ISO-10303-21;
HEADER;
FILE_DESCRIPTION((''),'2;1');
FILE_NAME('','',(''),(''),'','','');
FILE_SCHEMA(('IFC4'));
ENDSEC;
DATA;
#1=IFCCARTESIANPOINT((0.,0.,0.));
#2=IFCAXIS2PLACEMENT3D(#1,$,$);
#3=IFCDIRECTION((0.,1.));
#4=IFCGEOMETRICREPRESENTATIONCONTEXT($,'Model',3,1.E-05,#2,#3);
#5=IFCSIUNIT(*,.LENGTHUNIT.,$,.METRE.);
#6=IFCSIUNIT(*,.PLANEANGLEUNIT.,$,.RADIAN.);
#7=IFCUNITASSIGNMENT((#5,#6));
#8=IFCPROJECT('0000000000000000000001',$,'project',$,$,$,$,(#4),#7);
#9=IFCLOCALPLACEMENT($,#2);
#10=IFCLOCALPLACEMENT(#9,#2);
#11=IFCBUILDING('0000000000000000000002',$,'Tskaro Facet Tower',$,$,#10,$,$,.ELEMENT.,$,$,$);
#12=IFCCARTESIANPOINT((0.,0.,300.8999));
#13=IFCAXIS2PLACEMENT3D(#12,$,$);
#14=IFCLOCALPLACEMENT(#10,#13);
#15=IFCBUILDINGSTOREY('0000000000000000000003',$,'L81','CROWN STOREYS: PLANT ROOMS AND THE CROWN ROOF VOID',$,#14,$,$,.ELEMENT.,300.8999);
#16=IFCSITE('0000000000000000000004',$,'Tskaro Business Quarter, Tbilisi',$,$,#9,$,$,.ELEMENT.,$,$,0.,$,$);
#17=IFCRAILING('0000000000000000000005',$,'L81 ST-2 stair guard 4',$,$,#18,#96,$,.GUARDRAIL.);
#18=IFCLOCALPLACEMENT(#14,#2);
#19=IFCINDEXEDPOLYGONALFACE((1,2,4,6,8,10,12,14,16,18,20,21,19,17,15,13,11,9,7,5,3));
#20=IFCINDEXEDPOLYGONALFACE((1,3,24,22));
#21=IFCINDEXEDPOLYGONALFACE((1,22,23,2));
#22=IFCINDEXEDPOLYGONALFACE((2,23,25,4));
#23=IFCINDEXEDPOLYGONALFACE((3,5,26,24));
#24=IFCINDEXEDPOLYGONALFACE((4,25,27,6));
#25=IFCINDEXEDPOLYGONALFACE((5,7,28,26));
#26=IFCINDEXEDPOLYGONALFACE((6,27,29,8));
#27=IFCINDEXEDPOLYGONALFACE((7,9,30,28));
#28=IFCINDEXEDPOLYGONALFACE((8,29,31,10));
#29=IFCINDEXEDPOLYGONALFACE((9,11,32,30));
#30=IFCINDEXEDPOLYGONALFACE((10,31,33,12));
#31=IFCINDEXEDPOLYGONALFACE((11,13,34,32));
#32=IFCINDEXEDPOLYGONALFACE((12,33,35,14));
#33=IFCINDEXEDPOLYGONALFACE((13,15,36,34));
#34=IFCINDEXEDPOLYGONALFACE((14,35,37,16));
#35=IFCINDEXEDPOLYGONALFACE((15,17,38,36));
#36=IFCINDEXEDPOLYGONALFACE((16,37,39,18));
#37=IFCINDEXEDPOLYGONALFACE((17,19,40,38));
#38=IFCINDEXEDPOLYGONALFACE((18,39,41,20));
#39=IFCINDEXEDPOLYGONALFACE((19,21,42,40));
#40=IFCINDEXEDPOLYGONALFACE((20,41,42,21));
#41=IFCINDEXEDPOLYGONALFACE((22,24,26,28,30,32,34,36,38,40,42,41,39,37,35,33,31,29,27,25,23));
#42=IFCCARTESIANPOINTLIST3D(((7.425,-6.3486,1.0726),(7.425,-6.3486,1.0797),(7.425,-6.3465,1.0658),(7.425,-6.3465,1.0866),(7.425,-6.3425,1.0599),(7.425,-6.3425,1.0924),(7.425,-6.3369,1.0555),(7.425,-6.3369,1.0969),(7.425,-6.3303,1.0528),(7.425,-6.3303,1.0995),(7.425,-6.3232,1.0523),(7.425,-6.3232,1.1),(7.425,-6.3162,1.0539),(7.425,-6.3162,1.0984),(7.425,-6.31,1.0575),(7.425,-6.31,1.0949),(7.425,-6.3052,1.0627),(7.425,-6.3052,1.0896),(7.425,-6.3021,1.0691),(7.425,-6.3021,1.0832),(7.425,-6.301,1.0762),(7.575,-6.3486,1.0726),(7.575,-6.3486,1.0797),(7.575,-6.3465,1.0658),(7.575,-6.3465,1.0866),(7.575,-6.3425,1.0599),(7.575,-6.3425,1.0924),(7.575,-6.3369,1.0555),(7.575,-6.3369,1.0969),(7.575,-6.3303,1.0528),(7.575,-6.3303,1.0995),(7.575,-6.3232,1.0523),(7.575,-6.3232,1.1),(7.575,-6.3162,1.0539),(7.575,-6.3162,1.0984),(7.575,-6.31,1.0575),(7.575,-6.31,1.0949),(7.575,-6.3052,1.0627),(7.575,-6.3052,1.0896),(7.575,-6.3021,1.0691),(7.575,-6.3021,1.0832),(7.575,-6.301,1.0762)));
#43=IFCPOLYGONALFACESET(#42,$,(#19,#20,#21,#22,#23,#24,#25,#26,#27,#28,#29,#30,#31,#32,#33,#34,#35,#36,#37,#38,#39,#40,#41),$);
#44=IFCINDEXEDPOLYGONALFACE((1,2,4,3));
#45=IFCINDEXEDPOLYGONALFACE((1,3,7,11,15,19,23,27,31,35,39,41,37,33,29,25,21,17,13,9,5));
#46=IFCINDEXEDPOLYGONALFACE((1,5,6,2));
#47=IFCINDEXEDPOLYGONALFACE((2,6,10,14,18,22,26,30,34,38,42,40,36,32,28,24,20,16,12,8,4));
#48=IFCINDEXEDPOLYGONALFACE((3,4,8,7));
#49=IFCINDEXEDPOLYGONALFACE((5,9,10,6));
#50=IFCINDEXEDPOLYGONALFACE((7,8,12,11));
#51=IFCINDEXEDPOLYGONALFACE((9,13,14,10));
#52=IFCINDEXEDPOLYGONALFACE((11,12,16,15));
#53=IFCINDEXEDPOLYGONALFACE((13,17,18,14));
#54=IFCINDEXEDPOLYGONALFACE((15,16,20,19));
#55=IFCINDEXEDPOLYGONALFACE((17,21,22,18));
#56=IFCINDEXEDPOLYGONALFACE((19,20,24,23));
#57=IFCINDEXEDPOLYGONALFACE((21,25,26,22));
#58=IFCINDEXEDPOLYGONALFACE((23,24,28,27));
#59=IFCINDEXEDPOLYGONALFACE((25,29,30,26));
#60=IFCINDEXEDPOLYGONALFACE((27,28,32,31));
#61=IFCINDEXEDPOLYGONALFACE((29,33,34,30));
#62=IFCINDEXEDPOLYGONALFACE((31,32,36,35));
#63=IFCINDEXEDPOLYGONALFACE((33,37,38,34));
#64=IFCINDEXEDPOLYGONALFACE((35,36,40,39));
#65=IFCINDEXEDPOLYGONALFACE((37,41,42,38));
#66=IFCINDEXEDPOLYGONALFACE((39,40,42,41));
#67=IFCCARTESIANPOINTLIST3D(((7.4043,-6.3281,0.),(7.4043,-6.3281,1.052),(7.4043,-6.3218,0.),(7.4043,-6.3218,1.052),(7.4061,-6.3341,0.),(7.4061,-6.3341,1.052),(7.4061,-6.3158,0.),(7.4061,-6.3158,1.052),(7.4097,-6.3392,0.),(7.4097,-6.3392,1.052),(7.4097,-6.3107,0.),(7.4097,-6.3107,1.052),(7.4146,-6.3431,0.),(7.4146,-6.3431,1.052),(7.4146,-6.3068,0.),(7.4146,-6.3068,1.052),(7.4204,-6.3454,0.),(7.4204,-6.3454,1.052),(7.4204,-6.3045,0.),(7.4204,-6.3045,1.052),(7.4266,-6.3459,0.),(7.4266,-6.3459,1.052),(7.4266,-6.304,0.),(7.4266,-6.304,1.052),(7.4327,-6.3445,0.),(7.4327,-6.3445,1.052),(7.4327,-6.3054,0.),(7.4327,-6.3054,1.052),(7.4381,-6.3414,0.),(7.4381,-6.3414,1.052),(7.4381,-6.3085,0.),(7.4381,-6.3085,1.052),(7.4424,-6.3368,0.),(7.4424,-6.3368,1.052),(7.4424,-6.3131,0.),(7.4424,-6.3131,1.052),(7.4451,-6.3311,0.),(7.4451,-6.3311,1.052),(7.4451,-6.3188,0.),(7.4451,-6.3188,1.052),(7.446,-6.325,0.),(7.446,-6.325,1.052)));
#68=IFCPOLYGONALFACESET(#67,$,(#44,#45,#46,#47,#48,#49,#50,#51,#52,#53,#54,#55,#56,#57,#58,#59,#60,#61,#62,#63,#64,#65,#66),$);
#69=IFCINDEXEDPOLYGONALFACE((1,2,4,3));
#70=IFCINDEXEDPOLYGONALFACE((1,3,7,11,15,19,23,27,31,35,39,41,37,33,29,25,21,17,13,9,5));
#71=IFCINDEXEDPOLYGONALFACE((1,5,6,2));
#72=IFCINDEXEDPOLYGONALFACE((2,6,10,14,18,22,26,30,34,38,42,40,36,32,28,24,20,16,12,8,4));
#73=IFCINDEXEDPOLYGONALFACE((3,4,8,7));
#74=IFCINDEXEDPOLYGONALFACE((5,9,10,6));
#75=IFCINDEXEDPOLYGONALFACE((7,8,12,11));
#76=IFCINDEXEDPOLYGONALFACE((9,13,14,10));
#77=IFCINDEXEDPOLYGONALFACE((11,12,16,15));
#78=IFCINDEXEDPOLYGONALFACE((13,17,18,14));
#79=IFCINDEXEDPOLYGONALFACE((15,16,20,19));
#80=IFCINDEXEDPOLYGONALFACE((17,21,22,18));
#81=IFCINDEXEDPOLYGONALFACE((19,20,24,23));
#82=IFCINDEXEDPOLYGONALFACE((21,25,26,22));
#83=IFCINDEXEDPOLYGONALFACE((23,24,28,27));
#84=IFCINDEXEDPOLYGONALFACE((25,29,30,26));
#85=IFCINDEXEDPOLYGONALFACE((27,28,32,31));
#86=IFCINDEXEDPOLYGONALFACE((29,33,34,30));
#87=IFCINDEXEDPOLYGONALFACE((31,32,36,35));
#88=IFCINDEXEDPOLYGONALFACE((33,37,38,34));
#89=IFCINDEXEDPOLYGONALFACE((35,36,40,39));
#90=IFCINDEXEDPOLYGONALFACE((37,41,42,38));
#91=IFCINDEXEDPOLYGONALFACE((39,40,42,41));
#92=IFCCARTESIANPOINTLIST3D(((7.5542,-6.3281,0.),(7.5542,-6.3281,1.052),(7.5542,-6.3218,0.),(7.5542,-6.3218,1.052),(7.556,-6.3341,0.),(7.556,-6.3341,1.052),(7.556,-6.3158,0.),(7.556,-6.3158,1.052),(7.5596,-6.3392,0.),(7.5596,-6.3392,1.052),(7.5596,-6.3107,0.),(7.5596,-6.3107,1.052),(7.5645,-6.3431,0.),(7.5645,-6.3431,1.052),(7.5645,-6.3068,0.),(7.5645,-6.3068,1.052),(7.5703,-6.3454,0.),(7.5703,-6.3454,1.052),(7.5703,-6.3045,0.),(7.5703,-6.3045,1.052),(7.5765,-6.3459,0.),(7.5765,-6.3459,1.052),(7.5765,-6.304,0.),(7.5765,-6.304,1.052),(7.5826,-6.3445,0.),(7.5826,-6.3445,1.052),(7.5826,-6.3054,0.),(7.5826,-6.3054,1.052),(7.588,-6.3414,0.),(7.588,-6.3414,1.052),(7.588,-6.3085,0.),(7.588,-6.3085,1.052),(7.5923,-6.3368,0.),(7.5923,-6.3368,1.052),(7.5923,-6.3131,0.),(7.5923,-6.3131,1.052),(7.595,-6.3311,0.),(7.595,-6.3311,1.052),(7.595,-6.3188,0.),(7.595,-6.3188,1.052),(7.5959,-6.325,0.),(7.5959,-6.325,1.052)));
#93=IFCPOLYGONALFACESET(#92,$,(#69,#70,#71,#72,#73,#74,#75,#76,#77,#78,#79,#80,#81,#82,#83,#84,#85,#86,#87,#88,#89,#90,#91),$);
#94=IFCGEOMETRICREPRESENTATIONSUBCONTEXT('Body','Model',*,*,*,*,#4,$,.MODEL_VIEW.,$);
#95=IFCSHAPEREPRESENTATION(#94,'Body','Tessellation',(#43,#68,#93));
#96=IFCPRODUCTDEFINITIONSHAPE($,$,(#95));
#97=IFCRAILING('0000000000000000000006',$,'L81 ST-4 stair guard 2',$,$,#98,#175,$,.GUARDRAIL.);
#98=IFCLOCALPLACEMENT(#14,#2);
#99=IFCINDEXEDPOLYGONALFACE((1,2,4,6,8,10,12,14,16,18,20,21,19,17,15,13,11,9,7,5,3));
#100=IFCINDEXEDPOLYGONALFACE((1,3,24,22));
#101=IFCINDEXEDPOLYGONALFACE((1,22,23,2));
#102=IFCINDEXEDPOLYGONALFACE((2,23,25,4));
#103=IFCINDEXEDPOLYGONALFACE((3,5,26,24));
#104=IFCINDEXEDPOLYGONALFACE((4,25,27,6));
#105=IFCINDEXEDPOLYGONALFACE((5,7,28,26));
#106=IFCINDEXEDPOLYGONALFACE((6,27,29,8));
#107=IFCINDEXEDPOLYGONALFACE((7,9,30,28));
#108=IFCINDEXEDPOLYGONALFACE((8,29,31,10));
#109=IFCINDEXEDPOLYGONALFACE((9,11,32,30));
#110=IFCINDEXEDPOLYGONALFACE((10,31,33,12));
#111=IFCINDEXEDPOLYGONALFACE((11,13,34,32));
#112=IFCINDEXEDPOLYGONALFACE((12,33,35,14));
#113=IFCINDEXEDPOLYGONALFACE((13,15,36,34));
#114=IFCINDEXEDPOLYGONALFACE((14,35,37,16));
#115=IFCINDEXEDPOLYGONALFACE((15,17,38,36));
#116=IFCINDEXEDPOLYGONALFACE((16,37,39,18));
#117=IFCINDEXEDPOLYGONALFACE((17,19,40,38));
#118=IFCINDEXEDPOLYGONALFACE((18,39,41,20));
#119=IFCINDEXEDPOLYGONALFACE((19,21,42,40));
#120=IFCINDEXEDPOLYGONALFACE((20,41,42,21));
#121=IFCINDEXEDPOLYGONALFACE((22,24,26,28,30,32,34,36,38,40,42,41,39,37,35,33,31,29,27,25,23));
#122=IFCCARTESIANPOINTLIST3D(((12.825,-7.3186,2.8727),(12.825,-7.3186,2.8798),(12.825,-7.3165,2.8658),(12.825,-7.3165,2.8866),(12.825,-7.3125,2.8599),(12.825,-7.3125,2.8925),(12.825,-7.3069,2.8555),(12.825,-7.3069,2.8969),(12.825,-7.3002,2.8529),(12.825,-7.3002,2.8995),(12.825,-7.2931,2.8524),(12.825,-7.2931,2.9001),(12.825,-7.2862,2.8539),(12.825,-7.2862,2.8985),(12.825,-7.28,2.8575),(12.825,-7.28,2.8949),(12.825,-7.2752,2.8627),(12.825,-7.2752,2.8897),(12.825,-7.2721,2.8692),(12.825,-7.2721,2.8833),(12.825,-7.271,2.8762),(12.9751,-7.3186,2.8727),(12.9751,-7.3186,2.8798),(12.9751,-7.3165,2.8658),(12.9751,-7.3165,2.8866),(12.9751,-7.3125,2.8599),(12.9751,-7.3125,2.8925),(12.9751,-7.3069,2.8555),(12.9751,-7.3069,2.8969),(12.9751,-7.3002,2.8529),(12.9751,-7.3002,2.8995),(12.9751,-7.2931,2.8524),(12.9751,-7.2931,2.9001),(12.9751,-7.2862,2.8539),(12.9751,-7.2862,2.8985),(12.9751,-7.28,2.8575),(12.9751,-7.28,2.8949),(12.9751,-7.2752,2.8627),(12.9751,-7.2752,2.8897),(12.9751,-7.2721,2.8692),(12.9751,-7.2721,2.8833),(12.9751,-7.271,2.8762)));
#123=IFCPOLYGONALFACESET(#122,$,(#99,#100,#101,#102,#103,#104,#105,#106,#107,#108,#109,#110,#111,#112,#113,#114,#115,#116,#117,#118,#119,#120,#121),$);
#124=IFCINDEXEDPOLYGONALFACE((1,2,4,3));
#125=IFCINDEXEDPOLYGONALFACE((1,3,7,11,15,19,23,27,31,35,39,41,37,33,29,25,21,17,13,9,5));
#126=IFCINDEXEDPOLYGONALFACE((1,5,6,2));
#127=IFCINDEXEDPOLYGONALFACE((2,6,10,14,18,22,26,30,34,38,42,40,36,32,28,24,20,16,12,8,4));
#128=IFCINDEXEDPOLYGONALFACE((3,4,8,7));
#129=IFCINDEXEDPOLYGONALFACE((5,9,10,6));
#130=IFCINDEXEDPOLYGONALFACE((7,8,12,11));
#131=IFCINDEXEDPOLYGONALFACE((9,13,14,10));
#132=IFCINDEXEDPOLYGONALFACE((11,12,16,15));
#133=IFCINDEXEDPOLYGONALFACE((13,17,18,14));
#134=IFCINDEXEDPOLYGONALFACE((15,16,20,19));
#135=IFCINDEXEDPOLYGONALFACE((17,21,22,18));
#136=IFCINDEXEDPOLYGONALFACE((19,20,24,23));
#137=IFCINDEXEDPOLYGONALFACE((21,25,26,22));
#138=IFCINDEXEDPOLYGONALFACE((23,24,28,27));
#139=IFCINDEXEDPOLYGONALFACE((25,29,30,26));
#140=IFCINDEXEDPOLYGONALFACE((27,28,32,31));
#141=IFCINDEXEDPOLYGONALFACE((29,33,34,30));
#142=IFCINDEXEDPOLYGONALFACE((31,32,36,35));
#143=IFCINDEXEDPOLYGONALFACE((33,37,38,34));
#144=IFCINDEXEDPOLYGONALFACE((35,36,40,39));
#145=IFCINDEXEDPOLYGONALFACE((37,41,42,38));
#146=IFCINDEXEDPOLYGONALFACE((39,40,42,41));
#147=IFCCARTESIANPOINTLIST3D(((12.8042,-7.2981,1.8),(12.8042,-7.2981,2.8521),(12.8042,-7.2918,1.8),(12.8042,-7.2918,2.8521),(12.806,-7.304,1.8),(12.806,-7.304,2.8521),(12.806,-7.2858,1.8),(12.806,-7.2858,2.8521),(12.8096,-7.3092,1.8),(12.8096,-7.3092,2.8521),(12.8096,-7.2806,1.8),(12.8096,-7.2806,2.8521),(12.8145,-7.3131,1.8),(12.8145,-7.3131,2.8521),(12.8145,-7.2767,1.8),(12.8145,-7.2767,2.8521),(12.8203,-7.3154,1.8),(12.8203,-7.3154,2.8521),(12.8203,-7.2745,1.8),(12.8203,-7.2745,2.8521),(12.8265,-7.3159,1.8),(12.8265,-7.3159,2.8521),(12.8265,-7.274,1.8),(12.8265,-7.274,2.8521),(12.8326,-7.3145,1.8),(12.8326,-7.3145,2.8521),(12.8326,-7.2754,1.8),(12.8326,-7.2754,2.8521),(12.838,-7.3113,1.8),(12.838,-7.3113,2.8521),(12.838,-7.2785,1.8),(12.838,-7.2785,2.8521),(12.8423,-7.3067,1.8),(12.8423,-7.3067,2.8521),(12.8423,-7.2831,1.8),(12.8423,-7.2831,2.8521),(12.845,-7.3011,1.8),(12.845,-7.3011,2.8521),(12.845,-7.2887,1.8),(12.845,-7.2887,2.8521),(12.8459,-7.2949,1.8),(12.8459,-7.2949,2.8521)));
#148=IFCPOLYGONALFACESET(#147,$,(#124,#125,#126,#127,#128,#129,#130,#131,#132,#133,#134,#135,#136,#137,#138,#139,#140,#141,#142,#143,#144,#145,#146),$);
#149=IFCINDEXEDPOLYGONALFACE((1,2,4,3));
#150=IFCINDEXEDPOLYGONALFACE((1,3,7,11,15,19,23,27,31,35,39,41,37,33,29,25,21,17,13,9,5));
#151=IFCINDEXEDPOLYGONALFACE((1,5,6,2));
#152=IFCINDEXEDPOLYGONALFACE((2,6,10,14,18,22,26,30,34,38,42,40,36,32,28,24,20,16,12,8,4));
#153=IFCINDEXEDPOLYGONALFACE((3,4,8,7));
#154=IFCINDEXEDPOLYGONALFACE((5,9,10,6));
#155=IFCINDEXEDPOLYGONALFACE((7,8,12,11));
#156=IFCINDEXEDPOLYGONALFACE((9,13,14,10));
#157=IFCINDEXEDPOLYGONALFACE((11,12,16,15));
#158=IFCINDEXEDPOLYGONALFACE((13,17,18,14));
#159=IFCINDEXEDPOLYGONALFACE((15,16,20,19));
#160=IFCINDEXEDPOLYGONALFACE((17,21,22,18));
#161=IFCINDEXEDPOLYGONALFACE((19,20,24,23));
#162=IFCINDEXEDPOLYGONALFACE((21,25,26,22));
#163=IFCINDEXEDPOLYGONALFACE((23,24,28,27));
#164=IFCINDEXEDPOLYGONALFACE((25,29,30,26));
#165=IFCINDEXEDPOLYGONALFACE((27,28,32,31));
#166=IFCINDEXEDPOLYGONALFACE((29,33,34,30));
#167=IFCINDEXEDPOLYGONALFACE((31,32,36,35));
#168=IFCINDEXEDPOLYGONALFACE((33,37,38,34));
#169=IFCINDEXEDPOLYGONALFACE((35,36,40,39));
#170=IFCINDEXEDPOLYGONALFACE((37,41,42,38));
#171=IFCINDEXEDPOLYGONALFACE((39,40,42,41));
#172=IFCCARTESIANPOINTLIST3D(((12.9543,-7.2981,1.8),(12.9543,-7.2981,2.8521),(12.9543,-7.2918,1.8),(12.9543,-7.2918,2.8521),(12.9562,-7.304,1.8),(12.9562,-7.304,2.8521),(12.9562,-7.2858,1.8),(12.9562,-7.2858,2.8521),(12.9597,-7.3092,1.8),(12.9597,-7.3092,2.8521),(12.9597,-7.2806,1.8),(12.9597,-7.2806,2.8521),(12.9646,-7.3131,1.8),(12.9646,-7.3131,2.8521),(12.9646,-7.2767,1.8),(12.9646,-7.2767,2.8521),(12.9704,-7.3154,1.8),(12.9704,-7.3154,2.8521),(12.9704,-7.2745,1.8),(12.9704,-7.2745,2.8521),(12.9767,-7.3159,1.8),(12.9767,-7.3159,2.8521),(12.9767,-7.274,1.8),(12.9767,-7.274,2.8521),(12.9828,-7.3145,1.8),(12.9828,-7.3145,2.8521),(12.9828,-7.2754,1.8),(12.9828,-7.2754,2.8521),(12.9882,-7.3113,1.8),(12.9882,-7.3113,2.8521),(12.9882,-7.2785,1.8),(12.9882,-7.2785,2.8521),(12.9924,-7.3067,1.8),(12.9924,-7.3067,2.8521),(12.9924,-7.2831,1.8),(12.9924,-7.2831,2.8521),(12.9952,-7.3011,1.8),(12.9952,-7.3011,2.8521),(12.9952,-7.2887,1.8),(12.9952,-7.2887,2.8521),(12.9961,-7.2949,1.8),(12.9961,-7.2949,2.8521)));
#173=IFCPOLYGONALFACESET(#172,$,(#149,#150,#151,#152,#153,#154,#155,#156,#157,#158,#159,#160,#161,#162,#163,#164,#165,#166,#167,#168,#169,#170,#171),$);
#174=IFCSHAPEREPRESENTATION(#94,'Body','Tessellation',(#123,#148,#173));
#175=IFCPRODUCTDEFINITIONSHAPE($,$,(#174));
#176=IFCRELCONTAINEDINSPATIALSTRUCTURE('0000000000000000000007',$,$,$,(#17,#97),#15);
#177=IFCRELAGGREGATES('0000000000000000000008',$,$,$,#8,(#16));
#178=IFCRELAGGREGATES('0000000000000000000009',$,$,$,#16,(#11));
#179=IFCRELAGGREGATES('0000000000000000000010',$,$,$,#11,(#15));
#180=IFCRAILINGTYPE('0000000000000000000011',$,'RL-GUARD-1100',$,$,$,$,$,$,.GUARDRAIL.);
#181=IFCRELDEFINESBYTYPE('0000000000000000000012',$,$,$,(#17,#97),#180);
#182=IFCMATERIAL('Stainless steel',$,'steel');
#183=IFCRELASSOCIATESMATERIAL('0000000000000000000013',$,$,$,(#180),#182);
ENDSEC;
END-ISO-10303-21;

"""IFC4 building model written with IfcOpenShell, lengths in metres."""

from ifc_helpers import new_model, si_unit, direction, frame, origin, origin_2d, place, context, subcontext, project, spatial, circle, extrude, material, type_object, element, save


model = new_model("IFC4")

# Units and contexts
model_context = context("Model", 3, precision=1e-05, world=origin(), true_north=direction((0.0, 1.0)))
body_context = subcontext(model_context, "Body", "Model", "MODEL_VIEW")
ifc_project = project(units=[si_unit("LENGTHUNIT", "METRE"), si_unit("PLANEANGLEUNIT", "RADIAN")], contexts=[model_context])

# Site, building, storey
site_placement = place(None, origin())
site = spatial("IfcSite", under=ifc_project, at=site_placement, Name="Tskaro Business Quarter, Tbilisi", CompositionType="ELEMENT", RefElevation=0.0)
building_placement = place(site_placement, origin())
building = spatial("IfcBuilding", under=site, at=building_placement, Name="Tskaro Facet Tower", CompositionType="ELEMENT")
storey_placement = place(building_placement, frame((0.0, 0.0, 300.8999)))
storey = spatial("IfcBuildingStorey", under=building, at=storey_placement, Name="L81", Description="CROWN STOREYS: PLANT ROOMS AND THE CROWN ROOF VOID", CompositionType="ELEMENT", Elevation=300.8999)

# Railings
ifc_material_1 = material(Name="Stainless steel", Category="steel")
railing_type_1 = type_object("IfcRailingType", Name="RL-GUARD-1100", PredefinedType="GUARDRAIL", material=ifc_material_1)
railing_1_placement = place(storey_placement, frame((7.425, -6.325, 0.0)))
element("IfcRailing", 1, at=railing_1_placement, inside=storey, type_object=railing_type_1, Name="L81 ST-2 stair guard 4", PredefinedType="GUARDRAIL", context=body_context, shape_type="SweptSolid", body=[
    extrude(circle(Radius=0.0239, at=origin_2d()), frame((0.0, 0.0, 1.0762), z_axis=(1.0, 0.0, 0.0), x_axis=(0.0, 1.0, 0.0)), (0.0, 0.0, 1.0), 0.1499),
    extrude(circle(Radius=0.021, at=origin_2d()), origin(), (0.0, 0.0, 1.0), 1.052),
    extrude(circle(Radius=0.021, at=origin_2d()), frame((0.1499, 0.0, 0.0)), (0.0, 0.0, 1.0), 1.052),
])
railing_2_placement = place(storey_placement, frame((12.825, -7.2949, 1.8)))
element("IfcRailing", 2, at=railing_2_placement, inside=storey, type_object=railing_type_1, Name="L81 ST-4 stair guard 2", PredefinedType="GUARDRAIL", context=body_context, shape_type="SweptSolid", body=[
    extrude(circle(Radius=0.0239, at=origin_2d()), frame((0.0, 0.0, 1.0762), z_axis=(1.0, 0.0, 0.0), x_axis=(0.0, 1.0, 0.0)), (0.0, 0.0, 1.0), 0.1501),
    extrude(circle(Radius=0.021, at=origin_2d()), origin(), (0.0, 0.0, 1.0), 1.052),
    extrude(circle(Radius=0.021, at=origin_2d()), frame((0.1501, 0.0, 0.0)), (0.0, 0.0, 1.0), 1.052),
])

save(model, "model.ifc")
